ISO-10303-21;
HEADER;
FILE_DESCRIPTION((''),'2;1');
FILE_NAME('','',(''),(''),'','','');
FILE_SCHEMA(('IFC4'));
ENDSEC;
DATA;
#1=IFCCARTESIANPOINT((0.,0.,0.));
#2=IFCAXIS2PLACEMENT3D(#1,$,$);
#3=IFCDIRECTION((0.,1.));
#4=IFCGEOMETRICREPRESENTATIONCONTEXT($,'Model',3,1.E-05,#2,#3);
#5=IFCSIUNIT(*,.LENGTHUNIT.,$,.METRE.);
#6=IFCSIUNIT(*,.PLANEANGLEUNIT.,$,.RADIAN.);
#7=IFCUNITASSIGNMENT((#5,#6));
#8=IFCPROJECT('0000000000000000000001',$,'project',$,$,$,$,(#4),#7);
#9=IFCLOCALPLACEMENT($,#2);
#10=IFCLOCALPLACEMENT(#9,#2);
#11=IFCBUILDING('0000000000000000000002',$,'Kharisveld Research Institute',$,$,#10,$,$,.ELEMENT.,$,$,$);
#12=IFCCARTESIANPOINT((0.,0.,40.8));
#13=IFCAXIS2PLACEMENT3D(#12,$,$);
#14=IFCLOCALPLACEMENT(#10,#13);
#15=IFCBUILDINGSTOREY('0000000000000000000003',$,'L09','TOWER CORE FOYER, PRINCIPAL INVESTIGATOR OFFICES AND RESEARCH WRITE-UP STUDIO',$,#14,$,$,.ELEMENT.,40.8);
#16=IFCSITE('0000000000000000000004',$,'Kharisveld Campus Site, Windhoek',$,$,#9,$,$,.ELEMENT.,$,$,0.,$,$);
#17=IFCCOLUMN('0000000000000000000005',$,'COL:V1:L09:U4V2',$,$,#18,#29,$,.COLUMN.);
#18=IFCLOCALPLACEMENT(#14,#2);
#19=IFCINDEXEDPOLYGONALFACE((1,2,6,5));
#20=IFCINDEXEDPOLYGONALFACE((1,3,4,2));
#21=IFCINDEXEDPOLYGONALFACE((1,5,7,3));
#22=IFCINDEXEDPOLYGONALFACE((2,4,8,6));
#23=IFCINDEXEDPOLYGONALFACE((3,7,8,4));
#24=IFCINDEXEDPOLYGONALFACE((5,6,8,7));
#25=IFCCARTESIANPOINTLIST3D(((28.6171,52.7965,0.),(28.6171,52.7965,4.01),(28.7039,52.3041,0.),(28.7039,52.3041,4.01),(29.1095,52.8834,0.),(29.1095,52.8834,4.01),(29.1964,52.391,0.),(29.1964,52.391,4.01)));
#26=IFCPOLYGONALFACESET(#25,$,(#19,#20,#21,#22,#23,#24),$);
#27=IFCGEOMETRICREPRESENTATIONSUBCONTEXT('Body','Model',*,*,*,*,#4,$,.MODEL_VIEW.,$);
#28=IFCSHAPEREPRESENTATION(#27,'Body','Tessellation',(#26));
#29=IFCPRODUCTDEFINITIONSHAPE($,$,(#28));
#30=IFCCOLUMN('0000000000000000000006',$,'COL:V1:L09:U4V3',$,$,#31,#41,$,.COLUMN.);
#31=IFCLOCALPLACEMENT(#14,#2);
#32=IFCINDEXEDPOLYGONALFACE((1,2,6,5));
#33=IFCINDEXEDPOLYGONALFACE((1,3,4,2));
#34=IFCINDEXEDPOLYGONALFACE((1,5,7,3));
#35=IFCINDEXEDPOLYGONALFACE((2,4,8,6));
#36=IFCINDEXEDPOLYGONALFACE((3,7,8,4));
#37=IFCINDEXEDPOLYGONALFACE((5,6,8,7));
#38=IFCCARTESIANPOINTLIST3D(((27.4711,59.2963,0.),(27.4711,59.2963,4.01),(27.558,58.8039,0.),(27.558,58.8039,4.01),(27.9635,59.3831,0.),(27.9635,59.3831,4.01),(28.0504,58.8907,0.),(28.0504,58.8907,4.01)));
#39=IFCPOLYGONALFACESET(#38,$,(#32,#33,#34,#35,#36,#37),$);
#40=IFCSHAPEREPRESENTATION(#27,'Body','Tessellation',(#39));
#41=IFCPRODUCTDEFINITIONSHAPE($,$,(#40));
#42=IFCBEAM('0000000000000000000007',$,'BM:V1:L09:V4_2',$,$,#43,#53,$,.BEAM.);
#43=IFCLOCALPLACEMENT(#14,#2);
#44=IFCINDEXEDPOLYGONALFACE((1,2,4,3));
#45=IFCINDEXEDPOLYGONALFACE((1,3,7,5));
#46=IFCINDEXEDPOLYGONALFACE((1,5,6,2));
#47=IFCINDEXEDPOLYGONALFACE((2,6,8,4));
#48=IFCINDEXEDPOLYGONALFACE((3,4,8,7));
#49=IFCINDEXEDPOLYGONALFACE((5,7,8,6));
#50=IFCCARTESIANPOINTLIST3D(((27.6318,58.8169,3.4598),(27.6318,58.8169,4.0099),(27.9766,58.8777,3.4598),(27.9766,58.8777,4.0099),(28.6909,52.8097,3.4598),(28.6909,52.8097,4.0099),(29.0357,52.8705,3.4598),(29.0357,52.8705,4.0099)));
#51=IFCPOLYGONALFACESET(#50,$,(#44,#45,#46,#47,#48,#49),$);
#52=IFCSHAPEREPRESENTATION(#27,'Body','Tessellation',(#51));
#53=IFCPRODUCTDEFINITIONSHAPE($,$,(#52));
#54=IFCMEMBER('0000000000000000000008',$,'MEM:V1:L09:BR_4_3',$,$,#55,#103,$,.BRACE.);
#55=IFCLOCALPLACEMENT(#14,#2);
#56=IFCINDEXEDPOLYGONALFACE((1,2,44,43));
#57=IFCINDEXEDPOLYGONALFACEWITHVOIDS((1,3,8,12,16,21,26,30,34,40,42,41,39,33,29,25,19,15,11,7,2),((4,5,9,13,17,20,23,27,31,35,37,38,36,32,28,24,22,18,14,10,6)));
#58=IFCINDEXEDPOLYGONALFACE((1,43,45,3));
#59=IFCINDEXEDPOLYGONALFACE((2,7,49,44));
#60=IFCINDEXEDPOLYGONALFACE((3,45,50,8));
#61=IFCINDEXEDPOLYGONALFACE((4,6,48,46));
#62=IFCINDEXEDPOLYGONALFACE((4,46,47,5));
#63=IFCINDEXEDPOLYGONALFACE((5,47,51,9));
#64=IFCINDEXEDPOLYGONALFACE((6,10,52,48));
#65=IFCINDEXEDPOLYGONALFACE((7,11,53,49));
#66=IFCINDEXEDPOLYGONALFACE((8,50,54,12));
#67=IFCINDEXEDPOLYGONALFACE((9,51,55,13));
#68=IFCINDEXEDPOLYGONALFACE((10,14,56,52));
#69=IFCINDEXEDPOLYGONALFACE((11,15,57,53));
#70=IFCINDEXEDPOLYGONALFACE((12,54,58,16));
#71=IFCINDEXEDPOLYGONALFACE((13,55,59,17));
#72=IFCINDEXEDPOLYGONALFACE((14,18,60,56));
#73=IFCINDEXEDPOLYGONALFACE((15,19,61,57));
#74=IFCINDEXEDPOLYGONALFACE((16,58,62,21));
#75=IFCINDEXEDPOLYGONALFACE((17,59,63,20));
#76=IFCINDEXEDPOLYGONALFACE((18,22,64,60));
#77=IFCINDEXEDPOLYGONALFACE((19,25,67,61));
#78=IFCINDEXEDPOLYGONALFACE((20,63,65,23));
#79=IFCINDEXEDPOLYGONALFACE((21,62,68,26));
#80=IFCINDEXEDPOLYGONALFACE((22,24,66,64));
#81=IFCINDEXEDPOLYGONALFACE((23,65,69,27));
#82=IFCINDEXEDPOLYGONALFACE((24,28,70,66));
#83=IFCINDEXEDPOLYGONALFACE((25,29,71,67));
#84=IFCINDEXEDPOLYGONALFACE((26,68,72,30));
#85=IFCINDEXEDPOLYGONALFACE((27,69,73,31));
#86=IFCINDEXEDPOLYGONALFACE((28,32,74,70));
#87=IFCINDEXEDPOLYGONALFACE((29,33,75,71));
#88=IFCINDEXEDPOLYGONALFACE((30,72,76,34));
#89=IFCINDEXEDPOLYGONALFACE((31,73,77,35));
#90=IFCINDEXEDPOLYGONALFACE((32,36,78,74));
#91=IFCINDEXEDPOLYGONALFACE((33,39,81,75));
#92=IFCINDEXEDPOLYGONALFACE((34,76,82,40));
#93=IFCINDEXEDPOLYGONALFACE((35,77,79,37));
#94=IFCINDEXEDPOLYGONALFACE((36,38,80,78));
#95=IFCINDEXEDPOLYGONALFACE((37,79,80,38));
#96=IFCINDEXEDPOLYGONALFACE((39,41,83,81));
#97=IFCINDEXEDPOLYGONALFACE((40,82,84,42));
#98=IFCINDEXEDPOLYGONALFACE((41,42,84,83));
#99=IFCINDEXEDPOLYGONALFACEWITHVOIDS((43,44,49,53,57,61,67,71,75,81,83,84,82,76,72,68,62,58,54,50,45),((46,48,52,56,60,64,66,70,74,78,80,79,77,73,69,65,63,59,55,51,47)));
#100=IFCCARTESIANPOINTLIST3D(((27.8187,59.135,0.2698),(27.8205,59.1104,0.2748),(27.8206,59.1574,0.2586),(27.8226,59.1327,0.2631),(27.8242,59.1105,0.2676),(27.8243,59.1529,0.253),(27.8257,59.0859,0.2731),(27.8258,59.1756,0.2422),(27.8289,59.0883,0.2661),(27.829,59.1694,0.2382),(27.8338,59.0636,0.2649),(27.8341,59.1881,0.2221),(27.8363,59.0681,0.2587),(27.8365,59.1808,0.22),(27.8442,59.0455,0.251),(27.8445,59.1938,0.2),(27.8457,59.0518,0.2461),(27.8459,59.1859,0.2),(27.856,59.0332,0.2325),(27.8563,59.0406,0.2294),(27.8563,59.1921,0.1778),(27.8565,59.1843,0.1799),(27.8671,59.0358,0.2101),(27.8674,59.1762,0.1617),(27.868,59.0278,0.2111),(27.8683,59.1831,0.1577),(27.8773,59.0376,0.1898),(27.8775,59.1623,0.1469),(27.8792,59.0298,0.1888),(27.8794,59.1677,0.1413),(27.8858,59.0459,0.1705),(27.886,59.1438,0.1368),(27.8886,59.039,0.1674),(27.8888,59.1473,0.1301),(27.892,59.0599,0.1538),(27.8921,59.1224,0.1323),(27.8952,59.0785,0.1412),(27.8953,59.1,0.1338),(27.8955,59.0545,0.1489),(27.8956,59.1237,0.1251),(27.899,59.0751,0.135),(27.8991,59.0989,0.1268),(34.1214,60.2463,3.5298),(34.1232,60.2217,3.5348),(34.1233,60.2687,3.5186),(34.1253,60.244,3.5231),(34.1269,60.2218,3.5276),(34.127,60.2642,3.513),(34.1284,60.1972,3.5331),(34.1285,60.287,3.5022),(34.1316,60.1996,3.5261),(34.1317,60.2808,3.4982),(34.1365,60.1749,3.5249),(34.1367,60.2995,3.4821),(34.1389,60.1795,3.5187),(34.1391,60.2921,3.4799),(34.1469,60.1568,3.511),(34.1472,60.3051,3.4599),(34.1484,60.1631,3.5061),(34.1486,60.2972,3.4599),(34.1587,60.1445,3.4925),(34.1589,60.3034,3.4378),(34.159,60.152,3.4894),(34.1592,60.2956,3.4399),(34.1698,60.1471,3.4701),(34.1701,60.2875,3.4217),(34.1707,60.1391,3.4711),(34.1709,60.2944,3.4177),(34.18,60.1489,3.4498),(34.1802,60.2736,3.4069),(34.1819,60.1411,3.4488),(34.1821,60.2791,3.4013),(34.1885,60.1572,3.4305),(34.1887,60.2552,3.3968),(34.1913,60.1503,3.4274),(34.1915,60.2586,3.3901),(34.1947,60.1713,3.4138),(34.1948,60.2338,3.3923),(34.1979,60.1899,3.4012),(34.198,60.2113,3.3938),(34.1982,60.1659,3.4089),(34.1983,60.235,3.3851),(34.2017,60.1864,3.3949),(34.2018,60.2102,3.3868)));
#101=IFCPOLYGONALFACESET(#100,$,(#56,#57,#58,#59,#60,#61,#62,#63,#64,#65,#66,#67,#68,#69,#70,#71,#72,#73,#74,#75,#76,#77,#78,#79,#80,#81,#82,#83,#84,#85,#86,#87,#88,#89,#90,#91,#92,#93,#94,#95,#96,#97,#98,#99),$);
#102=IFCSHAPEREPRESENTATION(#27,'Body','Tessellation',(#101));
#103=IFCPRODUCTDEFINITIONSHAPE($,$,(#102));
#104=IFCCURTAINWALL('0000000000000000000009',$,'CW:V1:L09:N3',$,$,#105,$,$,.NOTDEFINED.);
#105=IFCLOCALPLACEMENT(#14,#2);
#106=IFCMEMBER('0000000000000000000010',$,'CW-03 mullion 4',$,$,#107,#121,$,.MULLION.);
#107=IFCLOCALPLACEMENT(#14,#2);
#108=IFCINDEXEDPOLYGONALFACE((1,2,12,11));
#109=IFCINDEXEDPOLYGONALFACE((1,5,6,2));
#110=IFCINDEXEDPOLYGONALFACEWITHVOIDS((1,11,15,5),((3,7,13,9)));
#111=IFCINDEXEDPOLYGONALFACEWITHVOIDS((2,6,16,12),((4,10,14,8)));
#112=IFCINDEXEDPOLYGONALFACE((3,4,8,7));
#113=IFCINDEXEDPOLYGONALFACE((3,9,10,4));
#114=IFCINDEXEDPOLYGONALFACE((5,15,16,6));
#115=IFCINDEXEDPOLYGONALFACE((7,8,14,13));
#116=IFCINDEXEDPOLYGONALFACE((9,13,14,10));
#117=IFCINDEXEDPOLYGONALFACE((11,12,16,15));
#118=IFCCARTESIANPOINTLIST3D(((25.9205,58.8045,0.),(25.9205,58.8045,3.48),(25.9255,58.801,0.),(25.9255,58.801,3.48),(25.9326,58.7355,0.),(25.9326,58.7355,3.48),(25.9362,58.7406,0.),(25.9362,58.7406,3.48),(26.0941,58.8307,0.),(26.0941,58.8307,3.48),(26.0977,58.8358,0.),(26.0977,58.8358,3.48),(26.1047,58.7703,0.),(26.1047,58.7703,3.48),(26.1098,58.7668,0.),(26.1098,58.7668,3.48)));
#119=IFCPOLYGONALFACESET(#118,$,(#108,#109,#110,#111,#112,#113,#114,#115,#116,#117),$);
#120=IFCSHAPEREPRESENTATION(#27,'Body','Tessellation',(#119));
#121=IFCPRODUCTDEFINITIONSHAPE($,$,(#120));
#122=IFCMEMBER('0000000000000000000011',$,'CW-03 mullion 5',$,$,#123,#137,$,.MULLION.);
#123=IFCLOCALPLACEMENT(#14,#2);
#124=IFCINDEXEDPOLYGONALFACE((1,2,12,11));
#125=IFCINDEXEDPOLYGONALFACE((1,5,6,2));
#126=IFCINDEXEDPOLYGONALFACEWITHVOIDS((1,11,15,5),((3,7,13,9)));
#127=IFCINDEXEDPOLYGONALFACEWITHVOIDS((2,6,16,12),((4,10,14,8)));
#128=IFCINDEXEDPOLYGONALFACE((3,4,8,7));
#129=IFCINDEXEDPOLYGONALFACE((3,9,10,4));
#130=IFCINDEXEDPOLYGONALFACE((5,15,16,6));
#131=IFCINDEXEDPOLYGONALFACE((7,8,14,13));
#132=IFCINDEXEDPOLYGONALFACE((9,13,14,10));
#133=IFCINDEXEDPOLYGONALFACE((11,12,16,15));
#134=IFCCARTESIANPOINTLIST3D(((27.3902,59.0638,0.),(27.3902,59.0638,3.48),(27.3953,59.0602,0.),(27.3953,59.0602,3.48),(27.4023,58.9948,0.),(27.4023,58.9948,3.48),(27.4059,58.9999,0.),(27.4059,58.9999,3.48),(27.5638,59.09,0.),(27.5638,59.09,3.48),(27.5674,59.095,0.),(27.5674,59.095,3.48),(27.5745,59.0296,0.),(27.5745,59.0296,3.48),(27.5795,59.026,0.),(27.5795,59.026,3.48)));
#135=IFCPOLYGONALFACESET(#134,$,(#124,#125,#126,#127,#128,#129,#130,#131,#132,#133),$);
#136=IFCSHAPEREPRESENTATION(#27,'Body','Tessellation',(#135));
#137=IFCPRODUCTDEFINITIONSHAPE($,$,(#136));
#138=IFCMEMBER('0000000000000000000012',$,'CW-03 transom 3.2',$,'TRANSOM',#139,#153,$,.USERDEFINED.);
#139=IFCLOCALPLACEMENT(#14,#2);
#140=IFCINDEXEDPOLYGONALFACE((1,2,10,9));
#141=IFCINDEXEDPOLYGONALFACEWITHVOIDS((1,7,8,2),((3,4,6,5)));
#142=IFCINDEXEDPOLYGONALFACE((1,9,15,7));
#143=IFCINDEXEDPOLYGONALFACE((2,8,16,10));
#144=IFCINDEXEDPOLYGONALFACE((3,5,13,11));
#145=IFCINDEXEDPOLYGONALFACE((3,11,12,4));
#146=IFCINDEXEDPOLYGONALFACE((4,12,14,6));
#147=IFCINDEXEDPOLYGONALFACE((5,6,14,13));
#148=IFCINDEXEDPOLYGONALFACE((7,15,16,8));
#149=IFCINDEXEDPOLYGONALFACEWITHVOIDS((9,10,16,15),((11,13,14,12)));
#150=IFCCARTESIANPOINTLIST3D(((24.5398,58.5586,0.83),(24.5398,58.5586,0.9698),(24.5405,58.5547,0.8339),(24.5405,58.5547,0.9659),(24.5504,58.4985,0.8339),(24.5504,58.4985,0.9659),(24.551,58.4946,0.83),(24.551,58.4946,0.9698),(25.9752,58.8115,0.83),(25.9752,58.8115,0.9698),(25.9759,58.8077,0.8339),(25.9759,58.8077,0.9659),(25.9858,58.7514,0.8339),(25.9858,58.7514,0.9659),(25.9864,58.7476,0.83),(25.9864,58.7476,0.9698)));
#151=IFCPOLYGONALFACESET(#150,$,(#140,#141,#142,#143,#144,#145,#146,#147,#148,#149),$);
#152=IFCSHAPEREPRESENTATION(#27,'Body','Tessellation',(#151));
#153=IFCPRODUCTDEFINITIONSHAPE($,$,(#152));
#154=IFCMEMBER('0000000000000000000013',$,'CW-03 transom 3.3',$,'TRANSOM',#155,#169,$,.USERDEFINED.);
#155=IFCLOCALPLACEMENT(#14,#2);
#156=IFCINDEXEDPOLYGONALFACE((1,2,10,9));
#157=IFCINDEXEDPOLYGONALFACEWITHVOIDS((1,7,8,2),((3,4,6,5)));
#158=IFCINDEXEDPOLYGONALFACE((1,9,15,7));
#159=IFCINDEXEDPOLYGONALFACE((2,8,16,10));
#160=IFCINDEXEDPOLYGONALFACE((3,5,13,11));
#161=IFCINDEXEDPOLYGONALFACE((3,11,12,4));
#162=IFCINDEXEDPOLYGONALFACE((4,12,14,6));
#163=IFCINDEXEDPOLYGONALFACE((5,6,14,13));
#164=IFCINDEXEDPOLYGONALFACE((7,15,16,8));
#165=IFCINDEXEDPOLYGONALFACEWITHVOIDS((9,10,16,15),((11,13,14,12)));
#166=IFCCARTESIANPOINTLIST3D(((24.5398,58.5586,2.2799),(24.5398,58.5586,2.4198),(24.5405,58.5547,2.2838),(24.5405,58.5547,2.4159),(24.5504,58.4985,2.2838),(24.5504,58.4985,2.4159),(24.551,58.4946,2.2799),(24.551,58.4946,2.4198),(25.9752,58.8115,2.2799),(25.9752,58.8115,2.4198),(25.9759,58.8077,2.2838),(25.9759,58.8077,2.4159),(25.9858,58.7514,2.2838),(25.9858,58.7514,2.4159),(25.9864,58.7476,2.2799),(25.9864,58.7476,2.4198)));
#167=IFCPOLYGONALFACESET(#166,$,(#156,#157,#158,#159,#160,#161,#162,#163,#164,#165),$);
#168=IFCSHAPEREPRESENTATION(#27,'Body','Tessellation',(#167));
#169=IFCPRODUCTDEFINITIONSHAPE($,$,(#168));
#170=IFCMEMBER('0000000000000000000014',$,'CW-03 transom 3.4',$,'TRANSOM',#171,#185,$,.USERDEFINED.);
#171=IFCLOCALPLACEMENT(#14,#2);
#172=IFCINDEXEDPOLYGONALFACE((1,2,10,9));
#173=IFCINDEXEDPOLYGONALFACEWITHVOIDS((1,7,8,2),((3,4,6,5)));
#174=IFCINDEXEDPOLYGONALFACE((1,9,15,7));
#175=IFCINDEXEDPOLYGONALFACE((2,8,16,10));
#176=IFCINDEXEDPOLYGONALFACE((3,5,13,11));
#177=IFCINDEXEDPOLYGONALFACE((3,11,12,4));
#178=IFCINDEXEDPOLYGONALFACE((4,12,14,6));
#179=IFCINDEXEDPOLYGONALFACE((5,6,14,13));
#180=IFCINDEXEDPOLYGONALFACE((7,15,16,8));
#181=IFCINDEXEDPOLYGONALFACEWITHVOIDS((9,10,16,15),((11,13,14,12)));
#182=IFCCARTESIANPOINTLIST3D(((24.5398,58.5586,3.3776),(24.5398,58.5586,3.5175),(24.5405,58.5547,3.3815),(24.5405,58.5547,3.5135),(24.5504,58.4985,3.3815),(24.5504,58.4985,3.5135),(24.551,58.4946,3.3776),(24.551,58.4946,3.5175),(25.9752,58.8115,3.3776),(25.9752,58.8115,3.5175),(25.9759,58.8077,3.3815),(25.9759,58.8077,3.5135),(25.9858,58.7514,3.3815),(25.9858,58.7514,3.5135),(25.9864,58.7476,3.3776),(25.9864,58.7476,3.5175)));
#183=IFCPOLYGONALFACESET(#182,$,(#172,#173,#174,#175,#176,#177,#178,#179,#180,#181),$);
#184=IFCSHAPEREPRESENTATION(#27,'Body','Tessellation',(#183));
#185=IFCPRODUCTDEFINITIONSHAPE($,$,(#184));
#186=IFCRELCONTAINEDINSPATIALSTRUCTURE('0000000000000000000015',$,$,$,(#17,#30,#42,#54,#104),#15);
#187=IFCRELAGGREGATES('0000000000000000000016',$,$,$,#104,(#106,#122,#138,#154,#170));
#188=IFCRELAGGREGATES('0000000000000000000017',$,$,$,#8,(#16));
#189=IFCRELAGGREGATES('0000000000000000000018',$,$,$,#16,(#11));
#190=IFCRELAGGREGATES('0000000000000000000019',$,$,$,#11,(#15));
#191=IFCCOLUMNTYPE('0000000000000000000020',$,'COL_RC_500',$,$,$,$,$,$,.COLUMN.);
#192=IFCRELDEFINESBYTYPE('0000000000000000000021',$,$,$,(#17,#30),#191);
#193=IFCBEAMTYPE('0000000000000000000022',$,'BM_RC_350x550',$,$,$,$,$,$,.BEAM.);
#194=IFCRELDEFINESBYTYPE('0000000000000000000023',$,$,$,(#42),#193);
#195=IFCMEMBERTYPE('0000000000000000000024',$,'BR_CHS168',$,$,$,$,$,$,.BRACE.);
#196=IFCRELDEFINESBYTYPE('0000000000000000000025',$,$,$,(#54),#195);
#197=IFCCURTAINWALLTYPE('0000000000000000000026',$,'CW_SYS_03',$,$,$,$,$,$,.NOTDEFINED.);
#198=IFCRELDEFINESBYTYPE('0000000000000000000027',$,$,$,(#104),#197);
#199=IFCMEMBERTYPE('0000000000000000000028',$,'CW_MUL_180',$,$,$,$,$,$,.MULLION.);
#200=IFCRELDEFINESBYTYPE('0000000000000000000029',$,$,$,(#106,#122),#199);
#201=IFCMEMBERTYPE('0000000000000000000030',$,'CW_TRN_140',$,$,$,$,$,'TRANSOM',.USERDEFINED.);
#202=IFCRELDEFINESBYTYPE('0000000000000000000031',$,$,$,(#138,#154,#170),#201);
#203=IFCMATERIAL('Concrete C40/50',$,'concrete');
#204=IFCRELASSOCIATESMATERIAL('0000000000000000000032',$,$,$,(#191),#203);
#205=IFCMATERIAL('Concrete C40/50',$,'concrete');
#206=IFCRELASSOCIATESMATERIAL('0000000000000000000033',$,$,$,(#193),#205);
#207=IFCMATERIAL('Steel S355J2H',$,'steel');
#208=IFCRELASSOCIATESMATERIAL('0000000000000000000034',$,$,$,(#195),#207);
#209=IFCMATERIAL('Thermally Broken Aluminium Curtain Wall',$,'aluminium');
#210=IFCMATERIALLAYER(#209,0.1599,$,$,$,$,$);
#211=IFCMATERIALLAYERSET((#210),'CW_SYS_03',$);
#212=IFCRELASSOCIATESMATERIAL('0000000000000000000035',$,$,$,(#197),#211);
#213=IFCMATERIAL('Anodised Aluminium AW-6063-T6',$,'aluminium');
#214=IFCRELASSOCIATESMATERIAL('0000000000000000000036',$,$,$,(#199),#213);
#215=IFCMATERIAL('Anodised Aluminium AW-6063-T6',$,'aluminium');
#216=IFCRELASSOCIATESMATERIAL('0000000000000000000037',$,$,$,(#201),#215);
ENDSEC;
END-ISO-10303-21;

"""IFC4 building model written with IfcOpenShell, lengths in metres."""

from ifc_helpers import new_model, si_unit, direction, frame, origin, origin_2d, place, context, subcontext, project, spatial, rectangle, hollow_rectangle, hollow_circle, extrude, material, layer, layer_set, material_profile, profile_set, type_object, element, aggregate, save


model = new_model("IFC4")

# Units and contexts
model_context = context("Model", 3, precision=1e-05, world=origin(), true_north=direction((0.0, 1.0)))
body_context = subcontext(model_context, "Body", "Model", "MODEL_VIEW")
ifc_project = project(units=[si_unit("LENGTHUNIT", "METRE"), si_unit("PLANEANGLEUNIT", "RADIAN")], contexts=[model_context])

# Site, building, storey
site_placement = place(None, origin())
site = spatial("IfcSite", under=ifc_project, at=site_placement, Name="Kharisveld Campus Site, Windhoek", CompositionType="ELEMENT", RefElevation=0.0)
building_placement = place(site_placement, origin())
building = spatial("IfcBuilding", under=site, at=building_placement, Name="Kharisveld Research Institute", CompositionType="ELEMENT")
storey_placement = place(building_placement, frame((0.0, 0.0, 40.8)))
storey = spatial("IfcBuildingStorey", under=building, at=storey_placement, Name="L09", Description="TOWER CORE FOYER, PRINCIPAL INVESTIGATOR OFFICES AND RESEARCH WRITE-UP STUDIO", CompositionType="ELEMENT", Elevation=40.8)

# Columns
ifc_material_1 = material(Name="Concrete C40/50", Category="concrete")
ifc_material_profile_1 = material_profile(ifc_material_1, rectangle(XDim=0.5, YDim=0.5, at=origin_2d()))
ifc_profile_set_1 = profile_set([ifc_material_profile_1], Name="Concrete C40/50")
column_type = type_object("IfcColumnType", Name="COL_RC_500", PredefinedType="COLUMN", material=ifc_profile_set_1)
for number, where, z_axis, x_axis, name in (
    (1, (28.9067, 52.5938, 0.0), (0.0, 0.0, 1.0), (0.984808, 0.173648, 0.0), "COL:V1:L09:U4V2"),
    (2, (27.7607, 59.0935, 0.0), (0.0, 0.0, 1.0), (0.984808, 0.173648, 0.0), "COL:V1:L09:U4V3"),
):
    element("IfcColumn", number, at=place(storey_placement, frame(where, z_axis=z_axis, x_axis=x_axis)), inside=storey, type_object=column_type, Name=name, PredefinedType="COLUMN", context=body_context, shape_type="SweptSolid", body=[
        extrude(rectangle(XDim=0.5, YDim=0.5, at=origin_2d()), origin(), (0.0, 0.0, 1.0), 4.01),
    ])

# Beam
ifc_material_2 = material(Name="Concrete C40/50", Category="concrete")
ifc_material_profile_2 = material_profile(ifc_material_2, rectangle(XDim=0.3501, YDim=0.55, at=origin_2d()))
ifc_profile_set_2 = profile_set([ifc_material_profile_2], Name="Concrete C40/50")
beam_type_1 = type_object("IfcBeamType", Name="BM_RC_350x550", PredefinedType="BEAM", material=ifc_profile_set_2)
beam_1_placement = place(storey_placement, frame((28.8633, 52.8401, 3.7349), z_axis=(-0.173621, 0.984813, 0.0), x_axis=(-0.984813, -0.173621, 0.0)))
element("IfcBeam", 3, at=beam_1_placement, inside=storey, type_object=beam_type_1, Name="BM:V1:L09:V4_2", PredefinedType="BEAM", context=body_context, shape_type="SweptSolid", body=[
    extrude(rectangle(XDim=0.3501, YDim=0.55, at=origin_2d()), origin(), (0.0, 0.0, 1.0), 6.0999),
])

# Member
ifc_material_3 = material(Name="Steel S355J2H", Category="steel")
ifc_material_profile_3 = material_profile(ifc_material_3, hollow_circle(Radius=0.0842, WallThickness=0.0081, at=origin_2d()))
ifc_profile_set_3 = profile_set([ifc_material_profile_3], Name="Steel S355J2H")
member_type_1 = type_object("IfcMemberType", Name="BR_CHS168", PredefinedType="BRACE", material=ifc_profile_set_3)
member_1_placement = place(storey_placement, frame((27.8591, 59.1108, 0.2), z_axis=(0.877522, 0.154729, 0.453887), x_axis=(-0.173646, 0.984808, 0.0)))
element("IfcMember", 4, at=member_1_placement, inside=storey, type_object=member_type_1, Name="MEM:V1:L09:BR_4_3", PredefinedType="BRACE", context=body_context, shape_type="SweptSolid", body=[
    extrude(hollow_circle(Radius=0.0842, WallThickness=0.0081, at=origin_2d()), origin(), (0.0, 0.0, 1.0), 7.1824),
])

# Curtain wall, members
ifc_material_4 = material(Name="Thermally Broken Aluminium Curtain Wall", Category="aluminium")
ifc_layer_1 = layer(ifc_material_4, 0.1599)
ifc_layer_set_1 = layer_set([ifc_layer_1], Name="CW_SYS_03")
curtain_wall_type = type_object("IfcCurtainWallType", Name="CW_SYS_03", PredefinedType="NOTDEFINED", material=ifc_layer_set_1)
curtain_wall_placement = place(storey_placement, origin())
curtain_wall = element("IfcCurtainWall", 5, at=curtain_wall_placement, inside=storey, type_object=curtain_wall_type, Name="CW:V1:L09:N3", PredefinedType="NOTDEFINED")
ifc_material_5 = material(Name="Anodised Aluminium AW-6063-T6", Category="aluminium")
ifc_material_profile_4 = material_profile(ifc_material_5, hollow_rectangle(XDim=0.0701, YDim=0.1799, WallThickness=0.0044, at=origin_2d()))
ifc_profile_set_4 = profile_set([ifc_material_profile_4], Name="Anodised Aluminium AW-6063-T6")
member_type_2 = type_object("IfcMemberType", Name="CW_MUL_180", PredefinedType="MULLION", material=ifc_profile_set_4)
member_2_placement = place(storey_placement, frame((26.0151, 58.7856, 0.0), z_axis=(0.0, 0.0, 1.0), x_axis=(-0.173648, 0.984808, 0.0)))
member_2 = element("IfcMember", 6, at=member_2_placement, type_object=member_type_2, Name="CW-03 mullion 4", PredefinedType="MULLION", context=body_context, shape_type="SweptSolid", body=[
    extrude(hollow_rectangle(XDim=0.0701, YDim=0.1799, WallThickness=0.0044, at=origin_2d()), origin(), (0.0, 0.0, 1.0), 3.48),
])
member_3_placement = place(storey_placement, frame((27.4849, 59.0449, 0.0), z_axis=(0.0, 0.0, 1.0), x_axis=(-0.173648, 0.984808, 0.0)))
member_3 = element("IfcMember", 7, at=member_3_placement, type_object=member_type_2, Name="CW-03 mullion 5", PredefinedType="MULLION", context=body_context, shape_type="SweptSolid", body=[
    extrude(hollow_rectangle(XDim=0.0701, YDim=0.1799, WallThickness=0.0044, at=origin_2d()), origin(), (0.0, 0.0, 1.0), 3.48),
])
ifc_material_6 = material(Name="Anodised Aluminium AW-6063-T6", Category="aluminium")
ifc_material_profile_5 = material_profile(ifc_material_6, hollow_rectangle(XDim=0.0649, YDim=0.1399, WallThickness=0.0039, at=origin_2d()))
ifc_profile_set_5 = profile_set([ifc_material_profile_5], Name="Anodised Aluminium AW-6063-T6")
member_type_3 = type_object("IfcMemberType", Name="CW_TRN_140", ElementType="TRANSOM", PredefinedType="USERDEFINED", material=ifc_profile_set_5)
member_4_placement = place(storey_placement, frame((24.5454, 58.5266, 0.8999), z_axis=(0.984826, 0.173546, 0.0), x_axis=(-0.173546, 0.984826, 0.0)))
member_4 = element("IfcMember", 8, at=member_4_placement, type_object=member_type_3, Name="CW-03 transom 3.2", ObjectType="TRANSOM", PredefinedType="USERDEFINED", context=body_context, shape_type="SweptSolid", body=[
    extrude(hollow_rectangle(XDim=0.0649, YDim=0.1399, WallThickness=0.0039, at=origin_2d()), origin(), (0.0, 0.0, 1.0), 1.4575),
])
member_5_placement = place(storey_placement, frame((24.5454, 58.5266, 2.3499), z_axis=(0.984826, 0.173546, 0.0), x_axis=(-0.173546, 0.984826, 0.0)))
member_5 = element("IfcMember", 9, at=member_5_placement, type_object=member_type_3, Name="CW-03 transom 3.3", ObjectType="TRANSOM", PredefinedType="USERDEFINED", context=body_context, shape_type="SweptSolid", body=[
    extrude(hollow_rectangle(XDim=0.0649, YDim=0.1399, WallThickness=0.0039, at=origin_2d()), origin(), (0.0, 0.0, 1.0), 1.4575),
])
member_6_placement = place(storey_placement, frame((24.5454, 58.5266, 3.4475), z_axis=(0.984826, 0.173546, 0.0), x_axis=(-0.173546, 0.984826, 0.0)))
member_6 = element("IfcMember", 10, at=member_6_placement, type_object=member_type_3, Name="CW-03 transom 3.4", ObjectType="TRANSOM", PredefinedType="USERDEFINED", context=body_context, shape_type="SweptSolid", body=[
    extrude(hollow_rectangle(XDim=0.0649, YDim=0.1399, WallThickness=0.0039, at=origin_2d()), origin(), (0.0, 0.0, 1.0), 1.4575),
])

aggregate(curtain_wall, [member_2, member_3, member_4, member_5, member_6])

save(model, "model.ifc")
